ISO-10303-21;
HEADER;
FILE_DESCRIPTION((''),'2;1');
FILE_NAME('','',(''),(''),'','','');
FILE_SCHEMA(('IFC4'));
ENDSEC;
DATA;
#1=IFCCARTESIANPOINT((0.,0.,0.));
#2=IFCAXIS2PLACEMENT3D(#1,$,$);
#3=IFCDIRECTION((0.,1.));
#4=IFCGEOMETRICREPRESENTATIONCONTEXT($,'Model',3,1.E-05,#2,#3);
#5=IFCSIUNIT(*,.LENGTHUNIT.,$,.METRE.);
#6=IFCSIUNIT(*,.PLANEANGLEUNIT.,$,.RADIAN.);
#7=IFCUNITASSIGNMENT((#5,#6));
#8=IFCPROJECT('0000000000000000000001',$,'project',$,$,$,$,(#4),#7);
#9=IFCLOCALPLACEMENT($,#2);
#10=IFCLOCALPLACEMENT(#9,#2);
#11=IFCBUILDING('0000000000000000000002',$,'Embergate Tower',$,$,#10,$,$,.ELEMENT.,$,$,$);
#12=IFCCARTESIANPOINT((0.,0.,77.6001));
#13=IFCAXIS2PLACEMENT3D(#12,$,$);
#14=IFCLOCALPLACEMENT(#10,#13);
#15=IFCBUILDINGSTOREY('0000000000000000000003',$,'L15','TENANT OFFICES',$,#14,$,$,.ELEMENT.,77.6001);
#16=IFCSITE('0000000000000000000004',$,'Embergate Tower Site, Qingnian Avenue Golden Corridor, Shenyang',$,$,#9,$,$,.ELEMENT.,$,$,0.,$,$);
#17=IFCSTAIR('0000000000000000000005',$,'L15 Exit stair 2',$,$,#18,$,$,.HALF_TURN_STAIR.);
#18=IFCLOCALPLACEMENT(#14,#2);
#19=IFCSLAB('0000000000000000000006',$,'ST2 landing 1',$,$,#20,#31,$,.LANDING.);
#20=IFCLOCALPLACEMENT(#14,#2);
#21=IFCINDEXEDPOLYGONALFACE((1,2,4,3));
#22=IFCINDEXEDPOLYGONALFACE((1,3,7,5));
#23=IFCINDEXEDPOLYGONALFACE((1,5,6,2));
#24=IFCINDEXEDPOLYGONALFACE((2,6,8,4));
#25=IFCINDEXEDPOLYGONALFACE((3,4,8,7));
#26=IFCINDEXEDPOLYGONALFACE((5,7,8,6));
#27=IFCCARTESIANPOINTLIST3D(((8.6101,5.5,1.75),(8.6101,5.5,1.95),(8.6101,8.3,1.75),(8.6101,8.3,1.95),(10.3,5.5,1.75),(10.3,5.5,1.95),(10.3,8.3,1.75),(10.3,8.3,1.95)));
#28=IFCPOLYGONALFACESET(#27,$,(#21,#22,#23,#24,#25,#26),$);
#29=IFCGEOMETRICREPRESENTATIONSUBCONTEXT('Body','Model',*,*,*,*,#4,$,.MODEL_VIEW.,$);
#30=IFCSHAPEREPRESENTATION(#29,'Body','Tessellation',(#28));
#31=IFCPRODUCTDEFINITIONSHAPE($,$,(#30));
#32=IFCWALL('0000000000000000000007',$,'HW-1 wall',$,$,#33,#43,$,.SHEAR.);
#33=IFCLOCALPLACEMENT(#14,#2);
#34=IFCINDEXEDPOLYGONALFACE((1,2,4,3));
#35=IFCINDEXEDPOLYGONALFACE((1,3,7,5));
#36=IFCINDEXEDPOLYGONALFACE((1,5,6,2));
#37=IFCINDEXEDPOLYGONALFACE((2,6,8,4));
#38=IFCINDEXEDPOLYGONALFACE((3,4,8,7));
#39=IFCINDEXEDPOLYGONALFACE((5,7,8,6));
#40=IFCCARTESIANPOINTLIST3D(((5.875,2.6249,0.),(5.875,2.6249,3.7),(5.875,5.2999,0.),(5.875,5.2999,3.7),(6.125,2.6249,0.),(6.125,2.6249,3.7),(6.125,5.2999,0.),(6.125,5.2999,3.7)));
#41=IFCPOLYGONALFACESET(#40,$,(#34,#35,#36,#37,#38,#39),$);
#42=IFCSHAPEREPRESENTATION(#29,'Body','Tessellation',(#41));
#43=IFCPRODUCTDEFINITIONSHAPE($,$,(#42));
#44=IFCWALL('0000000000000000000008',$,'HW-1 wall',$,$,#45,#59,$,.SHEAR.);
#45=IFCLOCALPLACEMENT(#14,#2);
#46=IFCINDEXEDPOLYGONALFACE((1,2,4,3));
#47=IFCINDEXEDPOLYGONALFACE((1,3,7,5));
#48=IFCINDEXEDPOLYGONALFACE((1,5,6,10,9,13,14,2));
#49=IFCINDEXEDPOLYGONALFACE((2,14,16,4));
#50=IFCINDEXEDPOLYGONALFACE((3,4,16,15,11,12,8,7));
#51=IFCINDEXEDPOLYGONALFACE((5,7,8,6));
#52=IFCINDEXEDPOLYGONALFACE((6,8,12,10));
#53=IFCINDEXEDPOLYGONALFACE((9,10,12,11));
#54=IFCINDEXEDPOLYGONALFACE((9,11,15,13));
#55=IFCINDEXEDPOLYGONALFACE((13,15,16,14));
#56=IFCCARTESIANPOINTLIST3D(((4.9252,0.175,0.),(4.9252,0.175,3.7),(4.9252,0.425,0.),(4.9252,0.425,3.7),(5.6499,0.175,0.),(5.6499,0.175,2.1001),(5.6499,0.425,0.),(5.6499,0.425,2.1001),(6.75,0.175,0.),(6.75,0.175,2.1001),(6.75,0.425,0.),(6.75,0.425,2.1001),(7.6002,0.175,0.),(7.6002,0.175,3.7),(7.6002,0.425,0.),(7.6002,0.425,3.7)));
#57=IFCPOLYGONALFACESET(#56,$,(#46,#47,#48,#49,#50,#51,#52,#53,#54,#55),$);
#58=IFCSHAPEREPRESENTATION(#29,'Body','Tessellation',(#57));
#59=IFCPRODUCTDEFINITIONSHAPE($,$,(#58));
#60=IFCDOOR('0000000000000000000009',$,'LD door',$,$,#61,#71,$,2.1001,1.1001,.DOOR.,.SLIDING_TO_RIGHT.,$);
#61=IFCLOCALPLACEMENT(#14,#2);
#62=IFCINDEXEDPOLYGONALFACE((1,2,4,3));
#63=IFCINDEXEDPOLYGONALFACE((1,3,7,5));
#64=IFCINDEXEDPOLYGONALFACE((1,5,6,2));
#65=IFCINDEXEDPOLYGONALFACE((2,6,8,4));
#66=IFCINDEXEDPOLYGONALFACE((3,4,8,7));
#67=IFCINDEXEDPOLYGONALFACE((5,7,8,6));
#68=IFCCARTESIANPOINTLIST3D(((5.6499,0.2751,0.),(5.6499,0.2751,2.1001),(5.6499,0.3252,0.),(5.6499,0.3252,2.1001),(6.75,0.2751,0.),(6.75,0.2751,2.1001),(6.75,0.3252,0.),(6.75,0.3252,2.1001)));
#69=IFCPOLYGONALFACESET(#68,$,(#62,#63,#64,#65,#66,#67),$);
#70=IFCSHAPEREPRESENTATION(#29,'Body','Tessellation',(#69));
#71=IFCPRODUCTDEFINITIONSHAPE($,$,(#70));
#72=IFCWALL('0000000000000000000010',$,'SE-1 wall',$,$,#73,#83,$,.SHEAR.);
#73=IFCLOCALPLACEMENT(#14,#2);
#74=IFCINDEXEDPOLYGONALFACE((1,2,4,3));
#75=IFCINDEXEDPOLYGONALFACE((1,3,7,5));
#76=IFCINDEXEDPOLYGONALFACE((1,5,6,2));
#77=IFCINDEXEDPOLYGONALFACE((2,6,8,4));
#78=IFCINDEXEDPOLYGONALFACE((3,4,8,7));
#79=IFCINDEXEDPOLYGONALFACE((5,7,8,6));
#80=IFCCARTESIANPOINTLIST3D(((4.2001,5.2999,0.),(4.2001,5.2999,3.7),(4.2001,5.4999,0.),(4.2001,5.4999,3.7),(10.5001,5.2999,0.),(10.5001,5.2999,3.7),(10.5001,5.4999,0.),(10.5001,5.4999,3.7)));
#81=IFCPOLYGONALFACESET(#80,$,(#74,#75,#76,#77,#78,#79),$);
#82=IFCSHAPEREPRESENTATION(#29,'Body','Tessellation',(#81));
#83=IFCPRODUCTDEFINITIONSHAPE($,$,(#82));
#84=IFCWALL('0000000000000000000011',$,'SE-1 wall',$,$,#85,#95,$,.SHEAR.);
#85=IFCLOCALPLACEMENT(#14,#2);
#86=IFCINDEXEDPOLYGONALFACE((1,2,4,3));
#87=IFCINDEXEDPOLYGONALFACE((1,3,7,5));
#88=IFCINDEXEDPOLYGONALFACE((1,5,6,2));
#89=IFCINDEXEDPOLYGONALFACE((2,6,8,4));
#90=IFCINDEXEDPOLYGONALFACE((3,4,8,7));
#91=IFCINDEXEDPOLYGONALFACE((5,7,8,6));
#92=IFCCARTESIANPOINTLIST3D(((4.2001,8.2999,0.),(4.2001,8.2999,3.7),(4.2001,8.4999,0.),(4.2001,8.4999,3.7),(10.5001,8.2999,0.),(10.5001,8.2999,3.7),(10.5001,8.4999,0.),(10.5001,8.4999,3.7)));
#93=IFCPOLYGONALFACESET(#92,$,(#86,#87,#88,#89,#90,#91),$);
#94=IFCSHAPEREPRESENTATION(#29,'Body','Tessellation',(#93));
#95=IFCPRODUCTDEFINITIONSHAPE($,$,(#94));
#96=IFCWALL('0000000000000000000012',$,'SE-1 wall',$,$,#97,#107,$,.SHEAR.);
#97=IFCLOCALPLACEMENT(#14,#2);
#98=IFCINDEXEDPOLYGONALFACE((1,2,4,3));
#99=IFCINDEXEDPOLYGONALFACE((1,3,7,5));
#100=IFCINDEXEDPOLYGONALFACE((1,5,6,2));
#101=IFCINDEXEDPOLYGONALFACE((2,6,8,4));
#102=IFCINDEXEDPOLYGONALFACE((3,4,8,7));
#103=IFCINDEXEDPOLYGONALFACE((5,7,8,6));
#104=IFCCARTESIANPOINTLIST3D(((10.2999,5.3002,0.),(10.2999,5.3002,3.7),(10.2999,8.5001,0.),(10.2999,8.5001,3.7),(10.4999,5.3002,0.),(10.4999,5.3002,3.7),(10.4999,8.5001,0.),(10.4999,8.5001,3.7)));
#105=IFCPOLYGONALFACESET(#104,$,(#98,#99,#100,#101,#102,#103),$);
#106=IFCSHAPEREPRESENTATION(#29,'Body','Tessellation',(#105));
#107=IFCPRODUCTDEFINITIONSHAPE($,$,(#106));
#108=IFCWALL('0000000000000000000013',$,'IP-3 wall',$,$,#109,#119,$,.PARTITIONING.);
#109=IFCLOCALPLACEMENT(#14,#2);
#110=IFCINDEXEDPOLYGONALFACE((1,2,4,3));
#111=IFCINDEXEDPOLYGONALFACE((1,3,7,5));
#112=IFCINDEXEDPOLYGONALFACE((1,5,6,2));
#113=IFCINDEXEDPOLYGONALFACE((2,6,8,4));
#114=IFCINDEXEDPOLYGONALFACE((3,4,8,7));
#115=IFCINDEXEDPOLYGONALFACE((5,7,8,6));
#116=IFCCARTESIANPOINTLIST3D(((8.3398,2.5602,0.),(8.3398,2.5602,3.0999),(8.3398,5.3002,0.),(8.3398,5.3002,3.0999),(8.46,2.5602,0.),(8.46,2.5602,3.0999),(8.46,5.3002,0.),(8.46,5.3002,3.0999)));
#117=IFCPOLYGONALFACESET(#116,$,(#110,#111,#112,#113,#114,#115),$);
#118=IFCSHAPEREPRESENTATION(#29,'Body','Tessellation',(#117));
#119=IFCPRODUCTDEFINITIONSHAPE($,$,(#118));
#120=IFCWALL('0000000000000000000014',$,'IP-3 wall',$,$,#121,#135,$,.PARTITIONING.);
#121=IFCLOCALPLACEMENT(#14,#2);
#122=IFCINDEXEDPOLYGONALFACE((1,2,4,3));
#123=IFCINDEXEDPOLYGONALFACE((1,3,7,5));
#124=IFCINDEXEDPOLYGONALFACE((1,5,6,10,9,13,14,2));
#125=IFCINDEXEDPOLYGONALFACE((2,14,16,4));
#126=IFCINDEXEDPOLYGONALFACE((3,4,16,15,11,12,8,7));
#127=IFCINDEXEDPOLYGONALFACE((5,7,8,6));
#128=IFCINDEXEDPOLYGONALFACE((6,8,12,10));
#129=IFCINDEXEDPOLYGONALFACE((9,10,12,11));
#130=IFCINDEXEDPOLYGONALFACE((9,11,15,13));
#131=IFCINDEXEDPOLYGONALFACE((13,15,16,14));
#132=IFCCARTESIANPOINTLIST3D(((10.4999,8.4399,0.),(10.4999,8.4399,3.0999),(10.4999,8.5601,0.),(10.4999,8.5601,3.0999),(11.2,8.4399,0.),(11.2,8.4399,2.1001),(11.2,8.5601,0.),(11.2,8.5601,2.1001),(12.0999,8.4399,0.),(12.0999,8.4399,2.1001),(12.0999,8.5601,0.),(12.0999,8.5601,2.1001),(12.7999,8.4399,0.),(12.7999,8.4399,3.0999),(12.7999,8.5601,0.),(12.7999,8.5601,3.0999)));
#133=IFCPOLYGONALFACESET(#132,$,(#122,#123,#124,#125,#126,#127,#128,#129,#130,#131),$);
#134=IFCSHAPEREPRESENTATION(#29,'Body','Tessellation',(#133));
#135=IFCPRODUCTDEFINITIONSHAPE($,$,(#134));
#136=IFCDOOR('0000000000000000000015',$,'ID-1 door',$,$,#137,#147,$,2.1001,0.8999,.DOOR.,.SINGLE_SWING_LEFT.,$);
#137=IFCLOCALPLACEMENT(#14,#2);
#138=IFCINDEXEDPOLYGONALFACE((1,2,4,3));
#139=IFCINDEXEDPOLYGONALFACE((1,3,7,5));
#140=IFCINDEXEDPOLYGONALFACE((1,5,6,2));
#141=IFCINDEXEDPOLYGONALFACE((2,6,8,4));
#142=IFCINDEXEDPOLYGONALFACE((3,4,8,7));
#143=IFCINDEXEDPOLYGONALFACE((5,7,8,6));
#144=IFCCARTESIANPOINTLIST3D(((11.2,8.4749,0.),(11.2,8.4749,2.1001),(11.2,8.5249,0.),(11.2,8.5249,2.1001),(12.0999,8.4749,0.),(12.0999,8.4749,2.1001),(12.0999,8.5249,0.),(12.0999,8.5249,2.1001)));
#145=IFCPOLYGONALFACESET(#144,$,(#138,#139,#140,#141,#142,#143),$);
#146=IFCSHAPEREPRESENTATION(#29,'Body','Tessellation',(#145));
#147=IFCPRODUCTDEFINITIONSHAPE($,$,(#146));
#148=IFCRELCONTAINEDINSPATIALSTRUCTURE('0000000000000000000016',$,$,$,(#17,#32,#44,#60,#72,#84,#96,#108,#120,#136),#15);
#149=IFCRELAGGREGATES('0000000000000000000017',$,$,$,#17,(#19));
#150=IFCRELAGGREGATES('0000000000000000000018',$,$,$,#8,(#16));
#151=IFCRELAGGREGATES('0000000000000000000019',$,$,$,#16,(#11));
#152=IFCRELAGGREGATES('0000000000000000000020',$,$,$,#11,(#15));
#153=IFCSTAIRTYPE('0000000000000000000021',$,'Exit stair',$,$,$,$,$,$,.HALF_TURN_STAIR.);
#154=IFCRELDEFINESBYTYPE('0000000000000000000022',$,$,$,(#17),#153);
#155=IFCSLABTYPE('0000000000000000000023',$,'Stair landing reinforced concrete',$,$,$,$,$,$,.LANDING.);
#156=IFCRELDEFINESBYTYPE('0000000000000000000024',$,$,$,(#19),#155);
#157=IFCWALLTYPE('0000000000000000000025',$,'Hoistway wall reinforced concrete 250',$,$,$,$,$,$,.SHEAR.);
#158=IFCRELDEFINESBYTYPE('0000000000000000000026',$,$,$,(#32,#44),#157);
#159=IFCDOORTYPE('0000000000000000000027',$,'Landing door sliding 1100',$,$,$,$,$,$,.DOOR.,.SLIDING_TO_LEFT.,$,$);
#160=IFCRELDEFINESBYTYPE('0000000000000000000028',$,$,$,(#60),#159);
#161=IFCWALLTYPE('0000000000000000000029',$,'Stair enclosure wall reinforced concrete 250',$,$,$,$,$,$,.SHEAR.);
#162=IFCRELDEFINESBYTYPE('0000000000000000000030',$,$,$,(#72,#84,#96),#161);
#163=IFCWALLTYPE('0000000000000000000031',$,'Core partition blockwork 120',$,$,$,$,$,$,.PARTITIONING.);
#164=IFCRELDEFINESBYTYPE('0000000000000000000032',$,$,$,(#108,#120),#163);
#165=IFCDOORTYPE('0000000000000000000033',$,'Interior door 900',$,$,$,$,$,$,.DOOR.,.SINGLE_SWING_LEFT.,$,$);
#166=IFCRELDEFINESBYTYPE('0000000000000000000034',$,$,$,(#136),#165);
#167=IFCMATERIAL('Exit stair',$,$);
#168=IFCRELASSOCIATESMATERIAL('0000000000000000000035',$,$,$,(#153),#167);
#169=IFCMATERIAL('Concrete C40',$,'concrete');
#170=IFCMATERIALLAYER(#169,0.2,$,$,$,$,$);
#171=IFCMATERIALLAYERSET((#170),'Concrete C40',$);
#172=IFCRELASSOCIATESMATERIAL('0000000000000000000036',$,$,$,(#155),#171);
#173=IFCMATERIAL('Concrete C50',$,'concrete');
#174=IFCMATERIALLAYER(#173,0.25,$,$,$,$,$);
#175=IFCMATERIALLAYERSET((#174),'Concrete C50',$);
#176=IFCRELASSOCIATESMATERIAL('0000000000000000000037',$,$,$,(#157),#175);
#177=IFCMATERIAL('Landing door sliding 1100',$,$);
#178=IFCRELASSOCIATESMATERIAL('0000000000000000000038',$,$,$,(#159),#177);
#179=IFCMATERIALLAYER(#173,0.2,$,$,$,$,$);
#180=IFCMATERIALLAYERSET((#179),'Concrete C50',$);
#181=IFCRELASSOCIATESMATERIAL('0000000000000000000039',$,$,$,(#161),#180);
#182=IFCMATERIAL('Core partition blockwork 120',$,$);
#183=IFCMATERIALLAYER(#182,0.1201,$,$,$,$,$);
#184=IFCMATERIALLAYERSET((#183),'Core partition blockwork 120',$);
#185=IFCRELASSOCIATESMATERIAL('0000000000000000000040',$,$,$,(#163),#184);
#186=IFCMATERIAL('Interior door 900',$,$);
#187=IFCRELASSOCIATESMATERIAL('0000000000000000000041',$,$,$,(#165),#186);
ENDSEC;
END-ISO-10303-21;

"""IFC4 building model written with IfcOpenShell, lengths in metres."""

from ifc_helpers import new_model, si_unit, direction, frame, frame_2d, origin, place, context, subcontext, project, spatial, polyline, rectangle, outline, extrude, source, transform, mapped, material, layer, layer_set, type_object, element, fill, aggregate, save


model = new_model("IFC4")

# Units and contexts
model_context = context("Model", 3, precision=1e-05, world=origin(), true_north=direction((0.0, 1.0)))
body_context = subcontext(model_context, "Body", "Model", "MODEL_VIEW")
ifc_project = project(units=[si_unit("LENGTHUNIT", "METRE"), si_unit("PLANEANGLEUNIT", "RADIAN")], contexts=[model_context])

# Site, building, storey
site_placement = place(None, origin())
site = spatial("IfcSite", under=ifc_project, at=site_placement, Name="Embergate Tower Site, Qingnian Avenue Golden Corridor, Shenyang", CompositionType="ELEMENT", RefElevation=0.0)
building_placement = place(site_placement, origin())
building = spatial("IfcBuilding", under=site, at=building_placement, Name="Embergate Tower", CompositionType="ELEMENT")
storey_placement = place(building_placement, frame((0.0, 0.0, 77.6001)))
storey = spatial("IfcBuildingStorey", under=building, at=storey_placement, Name="L15", Description="TENANT OFFICES", CompositionType="ELEMENT", Elevation=77.6001)

# Stair, slab
ifc_material_1 = material(Name="Exit stair")
stair_type = type_object("IfcStairType", Name="Exit stair", PredefinedType="HALF_TURN_STAIR", material=ifc_material_1)
stair_placement = place(storey_placement, origin())
stair = element("IfcStair", 1, at=stair_placement, inside=storey, type_object=stair_type, Name="L15 Exit stair 2", PredefinedType="HALF_TURN_STAIR")
ifc_material_2 = material(Name="Concrete C40", Category="concrete")
ifc_layer_1 = layer(ifc_material_2, 0.2)
ifc_layer_set_1 = layer_set([ifc_layer_1], Name="Concrete C40")
slab_type = type_object("IfcSlabType", Name="Stair landing reinforced concrete", PredefinedType="LANDING", material=ifc_layer_set_1)
shared_shape_1 = source(origin(), body_context, "Body", "SweptSolid", [
    extrude(outline(polyline([(0.0, 0.0), (1.6899, 0.0), (1.6899, 2.8), (0.0, 2.8), (0.0, 0.0)])), origin(), (0.0, 0.0, 1.0), 0.2),
])
slab_placement = place(storey_placement, frame((8.6101, 5.5, 1.75)))
slab = element("IfcSlab", 2, at=slab_placement, type_object=slab_type, Name="ST2 landing 1", PredefinedType="LANDING", context=body_context, shape_type="MappedRepresentation", body=[
    mapped(shared_shape_1, transform((0.0, 0.0, 0.0))),
])

# Wall
ifc_material_3 = material(Name="Concrete C50", Category="concrete")
ifc_layer_2 = layer(ifc_material_3, 0.25)
ifc_layer_set_2 = layer_set([ifc_layer_2], Name="Concrete C50")
wall_type_1 = type_object("IfcWallType", Name="Hoistway wall reinforced concrete 250", PredefinedType="SHEAR", material=ifc_layer_set_2)
shared_shape_2 = source(origin(), body_context, "Body", "SweptSolid", [
    extrude(rectangle(XDim=2.675, YDim=0.25, at=frame_2d((1.3374, 0.0))), origin(), (0.0, 0.0, 1.0), 3.7),
])
wall_1_placement = place(storey_placement, frame((6.0, 2.625, 0.0), z_axis=(0.0, 0.0, 1.0), x_axis=(0.0, 1.0, 0.0)))
element("IfcWall", 3, at=wall_1_placement, inside=storey, type_object=wall_type_1, Name="HW-1 wall", PredefinedType="SHEAR", context=body_context, shape_type="MappedRepresentation", body=[
    mapped(shared_shape_2, transform((0.0, 0.0, 0.0))),
])

# Wall, opening, door
wall_2_placement = place(storey_placement, frame((7.6001, 0.3, 0.0), z_axis=(0.0, 0.0, 1.0), x_axis=(-1.0, 0.0, 0.0)))
wall_2 = element("IfcWall", 4, at=wall_2_placement, inside=storey, type_object=wall_type_1, Name="HW-1 wall", PredefinedType="SHEAR", context=body_context, shape_type="MappedRepresentation", body=[
    mapped(shared_shape_2, transform((0.0, 0.0, 0.0))),
])
shared_shape_3 = source(origin(), body_context, "Body", "SweptSolid", [
    extrude(rectangle(XDim=1.1001, YDim=2.1001, at=frame_2d((0.55, 1.05))), frame((0.0, 0.135, 0.0), z_axis=(0.0, -1.0, 0.0), x_axis=(1.0, 0.0, 0.0)), (0.0, 0.0, 1.0), 0.27),
])
opening_1_placement = place(wall_2_placement, frame((0.8501, 0.0, 0.0)))
opening_1 = element("IfcOpeningElement", 5, at=opening_1_placement, cuts=wall_2, PredefinedType="OPENING", context=body_context, shape_type="MappedRepresentation", body=[
    mapped(shared_shape_3, transform((0.0, 0.0, 0.0))),
])
ifc_material_4 = material(Name="Landing door sliding 1100")
door_type_1 = type_object("IfcDoorType", Name="Landing door sliding 1100", OperationType="SLIDING_TO_LEFT", PredefinedType="DOOR", material=ifc_material_4)
shared_shape_4 = source(origin(), body_context, "Body", "SweptSolid", [
    extrude(rectangle(XDim=1.1001, YDim=2.1001, at=frame_2d((0.55, 1.05))), frame((0.0, 0.0249, 0.0), z_axis=(0.0, -1.0, 0.0), x_axis=(1.0, 0.0, 0.0)), (0.0, 0.0, 1.0), 0.05),
])
door_1_placement = place(opening_1_placement, origin())
door_1 = element("IfcDoor", 6, at=door_1_placement, inside=storey, type_object=door_type_1, Name="LD door", OperationType="SLIDING_TO_RIGHT", OverallHeight=2.1001, OverallWidth=1.1001, PredefinedType="DOOR", context=body_context, shape_type="MappedRepresentation", body=[
    mapped(shared_shape_4, transform((0.0, 0.0, 0.0))),
])
fill(opening_1, door_1)

# Walls
ifc_layer_3 = layer(ifc_material_3, 0.2)
ifc_layer_set_3 = layer_set([ifc_layer_3], Name="Concrete C50")
wall_type_2 = type_object("IfcWallType", Name="Stair enclosure wall reinforced concrete 250", PredefinedType="SHEAR", material=ifc_layer_set_3)
shared_shape_5 = source(origin(), body_context, "Body", "SweptSolid", [
    extrude(rectangle(XDim=6.3, YDim=0.2, at=frame_2d((3.1499, 0.0))), origin(), (0.0, 0.0, 1.0), 3.7),
])
for number, where, z_axis, x_axis, name in (
    (7, (10.5, 5.3999, 0.0), (0.0, 0.0, 1.0), (-1.0, 0.0, 0.0), "SE-1 wall"),
    (8, (10.5, 8.3999, 0.0), (0.0, 0.0, 1.0), (-1.0, 0.0, 0.0), "SE-1 wall"),
):
    element("IfcWall", number, at=place(storey_placement, frame(where, z_axis=z_axis, x_axis=x_axis)), inside=storey, type_object=wall_type_2, Name=name, PredefinedType="SHEAR", context=body_context, shape_type="MappedRepresentation", body=[
        mapped(shared_shape_5, transform((0.0, 0.0, 0.0))),
    ])
shared_shape_6 = source(origin(), body_context, "Body", "SweptSolid", [
    extrude(rectangle(XDim=3.2, YDim=0.2, at=frame_2d((1.6001, 0.0))), origin(), (0.0, 0.0, 1.0), 3.7),
])
wall_3_placement = place(storey_placement, frame((10.3999, 5.3, 0.0), z_axis=(0.0, 0.0, 1.0), x_axis=(0.0, 1.0, 0.0)))
element("IfcWall", 9, at=wall_3_placement, inside=storey, type_object=wall_type_2, Name="SE-1 wall", PredefinedType="SHEAR", context=body_context, shape_type="MappedRepresentation", body=[
    mapped(shared_shape_6, transform((0.0, 0.0, 0.0))),
])
ifc_material_5 = material(Name="Core partition blockwork 120")
ifc_layer_4 = layer(ifc_material_5, 0.1201)
ifc_layer_set_4 = layer_set([ifc_layer_4], Name="Core partition blockwork 120")
wall_type_3 = type_object("IfcWallType", Name="Core partition blockwork 120", PredefinedType="PARTITIONING", material=ifc_layer_set_4)
shared_shape_7 = source(origin(), body_context, "Body", "SweptSolid", [
    extrude(rectangle(XDim=2.74, YDim=0.1201, at=frame_2d((1.3701, 0.0))), origin(), (0.0, 0.0, 1.0), 3.0999),
])
wall_4_placement = place(storey_placement, frame((8.3999, 2.5601, 0.0), z_axis=(0.0, 0.0, 1.0), x_axis=(0.0, 1.0, 0.0)))
element("IfcWall", 10, at=wall_4_placement, inside=storey, type_object=wall_type_3, Name="IP-3 wall", PredefinedType="PARTITIONING", context=body_context, shape_type="MappedRepresentation", body=[
    mapped(shared_shape_7, transform((0.0, 0.0, 0.0))),
])

# Wall, opening, door
shared_shape_8 = source(origin(), body_context, "Body", "SweptSolid", [
    extrude(rectangle(XDim=2.3, YDim=0.1201, at=frame_2d((1.1499, 0.0))), origin(), (0.0, 0.0, 1.0), 3.0999),
])
wall_5_placement = place(storey_placement, frame((10.5, 8.5, 0.0), z_axis=(0.0, 0.0, 1.0), x_axis=(1.0, 0.0, 0.0)))
wall_5 = element("IfcWall", 11, at=wall_5_placement, inside=storey, type_object=wall_type_3, Name="IP-3 wall", PredefinedType="PARTITIONING", context=body_context, shape_type="MappedRepresentation", body=[
    mapped(shared_shape_8, transform((0.0, 0.0, 0.0))),
])
shared_shape_9 = source(origin(), body_context, "Body", "SweptSolid", [
    extrude(rectangle(XDim=0.8999, YDim=2.1001, at=frame_2d((0.45, 1.05))), frame((0.0, 0.0701, 0.0), z_axis=(0.0, -1.0, 0.0), x_axis=(1.0, 0.0, 0.0)), (0.0, 0.0, 1.0), 0.1401),
])
opening_2_placement = place(wall_5_placement, frame((0.7, 0.0, 0.0)))
opening_2 = element("IfcOpeningElement", 12, at=opening_2_placement, cuts=wall_5, PredefinedType="OPENING", context=body_context, shape_type="MappedRepresentation", body=[
    mapped(shared_shape_9, transform((0.0, 0.0, 0.0))),
])
ifc_material_6 = material(Name="Interior door 900")
door_type_2 = type_object("IfcDoorType", Name="Interior door 900", OperationType="SINGLE_SWING_LEFT", PredefinedType="DOOR", material=ifc_material_6)
shared_shape_10 = source(origin(), body_context, "Body", "SweptSolid", [
    extrude(rectangle(XDim=0.8999, YDim=2.1001, at=frame_2d((0.45, 1.05))), frame((0.0, 0.0249, 0.0), z_axis=(0.0, -1.0, 0.0), x_axis=(1.0, 0.0, 0.0)), (0.0, 0.0, 1.0), 0.05),
])
door_2_placement = place(opening_2_placement, origin())
door_2 = element("IfcDoor", 13, at=door_2_placement, inside=storey, type_object=door_type_2, Name="ID-1 door", OperationType="SINGLE_SWING_LEFT", OverallHeight=2.1001, OverallWidth=0.8999, PredefinedType="DOOR", context=body_context, shape_type="MappedRepresentation", body=[
    mapped(shared_shape_10, transform((0.0, 0.0, 0.0))),
])
fill(opening_2, door_2)

aggregate(stair, [slab])

save(model, "model.ifc")
